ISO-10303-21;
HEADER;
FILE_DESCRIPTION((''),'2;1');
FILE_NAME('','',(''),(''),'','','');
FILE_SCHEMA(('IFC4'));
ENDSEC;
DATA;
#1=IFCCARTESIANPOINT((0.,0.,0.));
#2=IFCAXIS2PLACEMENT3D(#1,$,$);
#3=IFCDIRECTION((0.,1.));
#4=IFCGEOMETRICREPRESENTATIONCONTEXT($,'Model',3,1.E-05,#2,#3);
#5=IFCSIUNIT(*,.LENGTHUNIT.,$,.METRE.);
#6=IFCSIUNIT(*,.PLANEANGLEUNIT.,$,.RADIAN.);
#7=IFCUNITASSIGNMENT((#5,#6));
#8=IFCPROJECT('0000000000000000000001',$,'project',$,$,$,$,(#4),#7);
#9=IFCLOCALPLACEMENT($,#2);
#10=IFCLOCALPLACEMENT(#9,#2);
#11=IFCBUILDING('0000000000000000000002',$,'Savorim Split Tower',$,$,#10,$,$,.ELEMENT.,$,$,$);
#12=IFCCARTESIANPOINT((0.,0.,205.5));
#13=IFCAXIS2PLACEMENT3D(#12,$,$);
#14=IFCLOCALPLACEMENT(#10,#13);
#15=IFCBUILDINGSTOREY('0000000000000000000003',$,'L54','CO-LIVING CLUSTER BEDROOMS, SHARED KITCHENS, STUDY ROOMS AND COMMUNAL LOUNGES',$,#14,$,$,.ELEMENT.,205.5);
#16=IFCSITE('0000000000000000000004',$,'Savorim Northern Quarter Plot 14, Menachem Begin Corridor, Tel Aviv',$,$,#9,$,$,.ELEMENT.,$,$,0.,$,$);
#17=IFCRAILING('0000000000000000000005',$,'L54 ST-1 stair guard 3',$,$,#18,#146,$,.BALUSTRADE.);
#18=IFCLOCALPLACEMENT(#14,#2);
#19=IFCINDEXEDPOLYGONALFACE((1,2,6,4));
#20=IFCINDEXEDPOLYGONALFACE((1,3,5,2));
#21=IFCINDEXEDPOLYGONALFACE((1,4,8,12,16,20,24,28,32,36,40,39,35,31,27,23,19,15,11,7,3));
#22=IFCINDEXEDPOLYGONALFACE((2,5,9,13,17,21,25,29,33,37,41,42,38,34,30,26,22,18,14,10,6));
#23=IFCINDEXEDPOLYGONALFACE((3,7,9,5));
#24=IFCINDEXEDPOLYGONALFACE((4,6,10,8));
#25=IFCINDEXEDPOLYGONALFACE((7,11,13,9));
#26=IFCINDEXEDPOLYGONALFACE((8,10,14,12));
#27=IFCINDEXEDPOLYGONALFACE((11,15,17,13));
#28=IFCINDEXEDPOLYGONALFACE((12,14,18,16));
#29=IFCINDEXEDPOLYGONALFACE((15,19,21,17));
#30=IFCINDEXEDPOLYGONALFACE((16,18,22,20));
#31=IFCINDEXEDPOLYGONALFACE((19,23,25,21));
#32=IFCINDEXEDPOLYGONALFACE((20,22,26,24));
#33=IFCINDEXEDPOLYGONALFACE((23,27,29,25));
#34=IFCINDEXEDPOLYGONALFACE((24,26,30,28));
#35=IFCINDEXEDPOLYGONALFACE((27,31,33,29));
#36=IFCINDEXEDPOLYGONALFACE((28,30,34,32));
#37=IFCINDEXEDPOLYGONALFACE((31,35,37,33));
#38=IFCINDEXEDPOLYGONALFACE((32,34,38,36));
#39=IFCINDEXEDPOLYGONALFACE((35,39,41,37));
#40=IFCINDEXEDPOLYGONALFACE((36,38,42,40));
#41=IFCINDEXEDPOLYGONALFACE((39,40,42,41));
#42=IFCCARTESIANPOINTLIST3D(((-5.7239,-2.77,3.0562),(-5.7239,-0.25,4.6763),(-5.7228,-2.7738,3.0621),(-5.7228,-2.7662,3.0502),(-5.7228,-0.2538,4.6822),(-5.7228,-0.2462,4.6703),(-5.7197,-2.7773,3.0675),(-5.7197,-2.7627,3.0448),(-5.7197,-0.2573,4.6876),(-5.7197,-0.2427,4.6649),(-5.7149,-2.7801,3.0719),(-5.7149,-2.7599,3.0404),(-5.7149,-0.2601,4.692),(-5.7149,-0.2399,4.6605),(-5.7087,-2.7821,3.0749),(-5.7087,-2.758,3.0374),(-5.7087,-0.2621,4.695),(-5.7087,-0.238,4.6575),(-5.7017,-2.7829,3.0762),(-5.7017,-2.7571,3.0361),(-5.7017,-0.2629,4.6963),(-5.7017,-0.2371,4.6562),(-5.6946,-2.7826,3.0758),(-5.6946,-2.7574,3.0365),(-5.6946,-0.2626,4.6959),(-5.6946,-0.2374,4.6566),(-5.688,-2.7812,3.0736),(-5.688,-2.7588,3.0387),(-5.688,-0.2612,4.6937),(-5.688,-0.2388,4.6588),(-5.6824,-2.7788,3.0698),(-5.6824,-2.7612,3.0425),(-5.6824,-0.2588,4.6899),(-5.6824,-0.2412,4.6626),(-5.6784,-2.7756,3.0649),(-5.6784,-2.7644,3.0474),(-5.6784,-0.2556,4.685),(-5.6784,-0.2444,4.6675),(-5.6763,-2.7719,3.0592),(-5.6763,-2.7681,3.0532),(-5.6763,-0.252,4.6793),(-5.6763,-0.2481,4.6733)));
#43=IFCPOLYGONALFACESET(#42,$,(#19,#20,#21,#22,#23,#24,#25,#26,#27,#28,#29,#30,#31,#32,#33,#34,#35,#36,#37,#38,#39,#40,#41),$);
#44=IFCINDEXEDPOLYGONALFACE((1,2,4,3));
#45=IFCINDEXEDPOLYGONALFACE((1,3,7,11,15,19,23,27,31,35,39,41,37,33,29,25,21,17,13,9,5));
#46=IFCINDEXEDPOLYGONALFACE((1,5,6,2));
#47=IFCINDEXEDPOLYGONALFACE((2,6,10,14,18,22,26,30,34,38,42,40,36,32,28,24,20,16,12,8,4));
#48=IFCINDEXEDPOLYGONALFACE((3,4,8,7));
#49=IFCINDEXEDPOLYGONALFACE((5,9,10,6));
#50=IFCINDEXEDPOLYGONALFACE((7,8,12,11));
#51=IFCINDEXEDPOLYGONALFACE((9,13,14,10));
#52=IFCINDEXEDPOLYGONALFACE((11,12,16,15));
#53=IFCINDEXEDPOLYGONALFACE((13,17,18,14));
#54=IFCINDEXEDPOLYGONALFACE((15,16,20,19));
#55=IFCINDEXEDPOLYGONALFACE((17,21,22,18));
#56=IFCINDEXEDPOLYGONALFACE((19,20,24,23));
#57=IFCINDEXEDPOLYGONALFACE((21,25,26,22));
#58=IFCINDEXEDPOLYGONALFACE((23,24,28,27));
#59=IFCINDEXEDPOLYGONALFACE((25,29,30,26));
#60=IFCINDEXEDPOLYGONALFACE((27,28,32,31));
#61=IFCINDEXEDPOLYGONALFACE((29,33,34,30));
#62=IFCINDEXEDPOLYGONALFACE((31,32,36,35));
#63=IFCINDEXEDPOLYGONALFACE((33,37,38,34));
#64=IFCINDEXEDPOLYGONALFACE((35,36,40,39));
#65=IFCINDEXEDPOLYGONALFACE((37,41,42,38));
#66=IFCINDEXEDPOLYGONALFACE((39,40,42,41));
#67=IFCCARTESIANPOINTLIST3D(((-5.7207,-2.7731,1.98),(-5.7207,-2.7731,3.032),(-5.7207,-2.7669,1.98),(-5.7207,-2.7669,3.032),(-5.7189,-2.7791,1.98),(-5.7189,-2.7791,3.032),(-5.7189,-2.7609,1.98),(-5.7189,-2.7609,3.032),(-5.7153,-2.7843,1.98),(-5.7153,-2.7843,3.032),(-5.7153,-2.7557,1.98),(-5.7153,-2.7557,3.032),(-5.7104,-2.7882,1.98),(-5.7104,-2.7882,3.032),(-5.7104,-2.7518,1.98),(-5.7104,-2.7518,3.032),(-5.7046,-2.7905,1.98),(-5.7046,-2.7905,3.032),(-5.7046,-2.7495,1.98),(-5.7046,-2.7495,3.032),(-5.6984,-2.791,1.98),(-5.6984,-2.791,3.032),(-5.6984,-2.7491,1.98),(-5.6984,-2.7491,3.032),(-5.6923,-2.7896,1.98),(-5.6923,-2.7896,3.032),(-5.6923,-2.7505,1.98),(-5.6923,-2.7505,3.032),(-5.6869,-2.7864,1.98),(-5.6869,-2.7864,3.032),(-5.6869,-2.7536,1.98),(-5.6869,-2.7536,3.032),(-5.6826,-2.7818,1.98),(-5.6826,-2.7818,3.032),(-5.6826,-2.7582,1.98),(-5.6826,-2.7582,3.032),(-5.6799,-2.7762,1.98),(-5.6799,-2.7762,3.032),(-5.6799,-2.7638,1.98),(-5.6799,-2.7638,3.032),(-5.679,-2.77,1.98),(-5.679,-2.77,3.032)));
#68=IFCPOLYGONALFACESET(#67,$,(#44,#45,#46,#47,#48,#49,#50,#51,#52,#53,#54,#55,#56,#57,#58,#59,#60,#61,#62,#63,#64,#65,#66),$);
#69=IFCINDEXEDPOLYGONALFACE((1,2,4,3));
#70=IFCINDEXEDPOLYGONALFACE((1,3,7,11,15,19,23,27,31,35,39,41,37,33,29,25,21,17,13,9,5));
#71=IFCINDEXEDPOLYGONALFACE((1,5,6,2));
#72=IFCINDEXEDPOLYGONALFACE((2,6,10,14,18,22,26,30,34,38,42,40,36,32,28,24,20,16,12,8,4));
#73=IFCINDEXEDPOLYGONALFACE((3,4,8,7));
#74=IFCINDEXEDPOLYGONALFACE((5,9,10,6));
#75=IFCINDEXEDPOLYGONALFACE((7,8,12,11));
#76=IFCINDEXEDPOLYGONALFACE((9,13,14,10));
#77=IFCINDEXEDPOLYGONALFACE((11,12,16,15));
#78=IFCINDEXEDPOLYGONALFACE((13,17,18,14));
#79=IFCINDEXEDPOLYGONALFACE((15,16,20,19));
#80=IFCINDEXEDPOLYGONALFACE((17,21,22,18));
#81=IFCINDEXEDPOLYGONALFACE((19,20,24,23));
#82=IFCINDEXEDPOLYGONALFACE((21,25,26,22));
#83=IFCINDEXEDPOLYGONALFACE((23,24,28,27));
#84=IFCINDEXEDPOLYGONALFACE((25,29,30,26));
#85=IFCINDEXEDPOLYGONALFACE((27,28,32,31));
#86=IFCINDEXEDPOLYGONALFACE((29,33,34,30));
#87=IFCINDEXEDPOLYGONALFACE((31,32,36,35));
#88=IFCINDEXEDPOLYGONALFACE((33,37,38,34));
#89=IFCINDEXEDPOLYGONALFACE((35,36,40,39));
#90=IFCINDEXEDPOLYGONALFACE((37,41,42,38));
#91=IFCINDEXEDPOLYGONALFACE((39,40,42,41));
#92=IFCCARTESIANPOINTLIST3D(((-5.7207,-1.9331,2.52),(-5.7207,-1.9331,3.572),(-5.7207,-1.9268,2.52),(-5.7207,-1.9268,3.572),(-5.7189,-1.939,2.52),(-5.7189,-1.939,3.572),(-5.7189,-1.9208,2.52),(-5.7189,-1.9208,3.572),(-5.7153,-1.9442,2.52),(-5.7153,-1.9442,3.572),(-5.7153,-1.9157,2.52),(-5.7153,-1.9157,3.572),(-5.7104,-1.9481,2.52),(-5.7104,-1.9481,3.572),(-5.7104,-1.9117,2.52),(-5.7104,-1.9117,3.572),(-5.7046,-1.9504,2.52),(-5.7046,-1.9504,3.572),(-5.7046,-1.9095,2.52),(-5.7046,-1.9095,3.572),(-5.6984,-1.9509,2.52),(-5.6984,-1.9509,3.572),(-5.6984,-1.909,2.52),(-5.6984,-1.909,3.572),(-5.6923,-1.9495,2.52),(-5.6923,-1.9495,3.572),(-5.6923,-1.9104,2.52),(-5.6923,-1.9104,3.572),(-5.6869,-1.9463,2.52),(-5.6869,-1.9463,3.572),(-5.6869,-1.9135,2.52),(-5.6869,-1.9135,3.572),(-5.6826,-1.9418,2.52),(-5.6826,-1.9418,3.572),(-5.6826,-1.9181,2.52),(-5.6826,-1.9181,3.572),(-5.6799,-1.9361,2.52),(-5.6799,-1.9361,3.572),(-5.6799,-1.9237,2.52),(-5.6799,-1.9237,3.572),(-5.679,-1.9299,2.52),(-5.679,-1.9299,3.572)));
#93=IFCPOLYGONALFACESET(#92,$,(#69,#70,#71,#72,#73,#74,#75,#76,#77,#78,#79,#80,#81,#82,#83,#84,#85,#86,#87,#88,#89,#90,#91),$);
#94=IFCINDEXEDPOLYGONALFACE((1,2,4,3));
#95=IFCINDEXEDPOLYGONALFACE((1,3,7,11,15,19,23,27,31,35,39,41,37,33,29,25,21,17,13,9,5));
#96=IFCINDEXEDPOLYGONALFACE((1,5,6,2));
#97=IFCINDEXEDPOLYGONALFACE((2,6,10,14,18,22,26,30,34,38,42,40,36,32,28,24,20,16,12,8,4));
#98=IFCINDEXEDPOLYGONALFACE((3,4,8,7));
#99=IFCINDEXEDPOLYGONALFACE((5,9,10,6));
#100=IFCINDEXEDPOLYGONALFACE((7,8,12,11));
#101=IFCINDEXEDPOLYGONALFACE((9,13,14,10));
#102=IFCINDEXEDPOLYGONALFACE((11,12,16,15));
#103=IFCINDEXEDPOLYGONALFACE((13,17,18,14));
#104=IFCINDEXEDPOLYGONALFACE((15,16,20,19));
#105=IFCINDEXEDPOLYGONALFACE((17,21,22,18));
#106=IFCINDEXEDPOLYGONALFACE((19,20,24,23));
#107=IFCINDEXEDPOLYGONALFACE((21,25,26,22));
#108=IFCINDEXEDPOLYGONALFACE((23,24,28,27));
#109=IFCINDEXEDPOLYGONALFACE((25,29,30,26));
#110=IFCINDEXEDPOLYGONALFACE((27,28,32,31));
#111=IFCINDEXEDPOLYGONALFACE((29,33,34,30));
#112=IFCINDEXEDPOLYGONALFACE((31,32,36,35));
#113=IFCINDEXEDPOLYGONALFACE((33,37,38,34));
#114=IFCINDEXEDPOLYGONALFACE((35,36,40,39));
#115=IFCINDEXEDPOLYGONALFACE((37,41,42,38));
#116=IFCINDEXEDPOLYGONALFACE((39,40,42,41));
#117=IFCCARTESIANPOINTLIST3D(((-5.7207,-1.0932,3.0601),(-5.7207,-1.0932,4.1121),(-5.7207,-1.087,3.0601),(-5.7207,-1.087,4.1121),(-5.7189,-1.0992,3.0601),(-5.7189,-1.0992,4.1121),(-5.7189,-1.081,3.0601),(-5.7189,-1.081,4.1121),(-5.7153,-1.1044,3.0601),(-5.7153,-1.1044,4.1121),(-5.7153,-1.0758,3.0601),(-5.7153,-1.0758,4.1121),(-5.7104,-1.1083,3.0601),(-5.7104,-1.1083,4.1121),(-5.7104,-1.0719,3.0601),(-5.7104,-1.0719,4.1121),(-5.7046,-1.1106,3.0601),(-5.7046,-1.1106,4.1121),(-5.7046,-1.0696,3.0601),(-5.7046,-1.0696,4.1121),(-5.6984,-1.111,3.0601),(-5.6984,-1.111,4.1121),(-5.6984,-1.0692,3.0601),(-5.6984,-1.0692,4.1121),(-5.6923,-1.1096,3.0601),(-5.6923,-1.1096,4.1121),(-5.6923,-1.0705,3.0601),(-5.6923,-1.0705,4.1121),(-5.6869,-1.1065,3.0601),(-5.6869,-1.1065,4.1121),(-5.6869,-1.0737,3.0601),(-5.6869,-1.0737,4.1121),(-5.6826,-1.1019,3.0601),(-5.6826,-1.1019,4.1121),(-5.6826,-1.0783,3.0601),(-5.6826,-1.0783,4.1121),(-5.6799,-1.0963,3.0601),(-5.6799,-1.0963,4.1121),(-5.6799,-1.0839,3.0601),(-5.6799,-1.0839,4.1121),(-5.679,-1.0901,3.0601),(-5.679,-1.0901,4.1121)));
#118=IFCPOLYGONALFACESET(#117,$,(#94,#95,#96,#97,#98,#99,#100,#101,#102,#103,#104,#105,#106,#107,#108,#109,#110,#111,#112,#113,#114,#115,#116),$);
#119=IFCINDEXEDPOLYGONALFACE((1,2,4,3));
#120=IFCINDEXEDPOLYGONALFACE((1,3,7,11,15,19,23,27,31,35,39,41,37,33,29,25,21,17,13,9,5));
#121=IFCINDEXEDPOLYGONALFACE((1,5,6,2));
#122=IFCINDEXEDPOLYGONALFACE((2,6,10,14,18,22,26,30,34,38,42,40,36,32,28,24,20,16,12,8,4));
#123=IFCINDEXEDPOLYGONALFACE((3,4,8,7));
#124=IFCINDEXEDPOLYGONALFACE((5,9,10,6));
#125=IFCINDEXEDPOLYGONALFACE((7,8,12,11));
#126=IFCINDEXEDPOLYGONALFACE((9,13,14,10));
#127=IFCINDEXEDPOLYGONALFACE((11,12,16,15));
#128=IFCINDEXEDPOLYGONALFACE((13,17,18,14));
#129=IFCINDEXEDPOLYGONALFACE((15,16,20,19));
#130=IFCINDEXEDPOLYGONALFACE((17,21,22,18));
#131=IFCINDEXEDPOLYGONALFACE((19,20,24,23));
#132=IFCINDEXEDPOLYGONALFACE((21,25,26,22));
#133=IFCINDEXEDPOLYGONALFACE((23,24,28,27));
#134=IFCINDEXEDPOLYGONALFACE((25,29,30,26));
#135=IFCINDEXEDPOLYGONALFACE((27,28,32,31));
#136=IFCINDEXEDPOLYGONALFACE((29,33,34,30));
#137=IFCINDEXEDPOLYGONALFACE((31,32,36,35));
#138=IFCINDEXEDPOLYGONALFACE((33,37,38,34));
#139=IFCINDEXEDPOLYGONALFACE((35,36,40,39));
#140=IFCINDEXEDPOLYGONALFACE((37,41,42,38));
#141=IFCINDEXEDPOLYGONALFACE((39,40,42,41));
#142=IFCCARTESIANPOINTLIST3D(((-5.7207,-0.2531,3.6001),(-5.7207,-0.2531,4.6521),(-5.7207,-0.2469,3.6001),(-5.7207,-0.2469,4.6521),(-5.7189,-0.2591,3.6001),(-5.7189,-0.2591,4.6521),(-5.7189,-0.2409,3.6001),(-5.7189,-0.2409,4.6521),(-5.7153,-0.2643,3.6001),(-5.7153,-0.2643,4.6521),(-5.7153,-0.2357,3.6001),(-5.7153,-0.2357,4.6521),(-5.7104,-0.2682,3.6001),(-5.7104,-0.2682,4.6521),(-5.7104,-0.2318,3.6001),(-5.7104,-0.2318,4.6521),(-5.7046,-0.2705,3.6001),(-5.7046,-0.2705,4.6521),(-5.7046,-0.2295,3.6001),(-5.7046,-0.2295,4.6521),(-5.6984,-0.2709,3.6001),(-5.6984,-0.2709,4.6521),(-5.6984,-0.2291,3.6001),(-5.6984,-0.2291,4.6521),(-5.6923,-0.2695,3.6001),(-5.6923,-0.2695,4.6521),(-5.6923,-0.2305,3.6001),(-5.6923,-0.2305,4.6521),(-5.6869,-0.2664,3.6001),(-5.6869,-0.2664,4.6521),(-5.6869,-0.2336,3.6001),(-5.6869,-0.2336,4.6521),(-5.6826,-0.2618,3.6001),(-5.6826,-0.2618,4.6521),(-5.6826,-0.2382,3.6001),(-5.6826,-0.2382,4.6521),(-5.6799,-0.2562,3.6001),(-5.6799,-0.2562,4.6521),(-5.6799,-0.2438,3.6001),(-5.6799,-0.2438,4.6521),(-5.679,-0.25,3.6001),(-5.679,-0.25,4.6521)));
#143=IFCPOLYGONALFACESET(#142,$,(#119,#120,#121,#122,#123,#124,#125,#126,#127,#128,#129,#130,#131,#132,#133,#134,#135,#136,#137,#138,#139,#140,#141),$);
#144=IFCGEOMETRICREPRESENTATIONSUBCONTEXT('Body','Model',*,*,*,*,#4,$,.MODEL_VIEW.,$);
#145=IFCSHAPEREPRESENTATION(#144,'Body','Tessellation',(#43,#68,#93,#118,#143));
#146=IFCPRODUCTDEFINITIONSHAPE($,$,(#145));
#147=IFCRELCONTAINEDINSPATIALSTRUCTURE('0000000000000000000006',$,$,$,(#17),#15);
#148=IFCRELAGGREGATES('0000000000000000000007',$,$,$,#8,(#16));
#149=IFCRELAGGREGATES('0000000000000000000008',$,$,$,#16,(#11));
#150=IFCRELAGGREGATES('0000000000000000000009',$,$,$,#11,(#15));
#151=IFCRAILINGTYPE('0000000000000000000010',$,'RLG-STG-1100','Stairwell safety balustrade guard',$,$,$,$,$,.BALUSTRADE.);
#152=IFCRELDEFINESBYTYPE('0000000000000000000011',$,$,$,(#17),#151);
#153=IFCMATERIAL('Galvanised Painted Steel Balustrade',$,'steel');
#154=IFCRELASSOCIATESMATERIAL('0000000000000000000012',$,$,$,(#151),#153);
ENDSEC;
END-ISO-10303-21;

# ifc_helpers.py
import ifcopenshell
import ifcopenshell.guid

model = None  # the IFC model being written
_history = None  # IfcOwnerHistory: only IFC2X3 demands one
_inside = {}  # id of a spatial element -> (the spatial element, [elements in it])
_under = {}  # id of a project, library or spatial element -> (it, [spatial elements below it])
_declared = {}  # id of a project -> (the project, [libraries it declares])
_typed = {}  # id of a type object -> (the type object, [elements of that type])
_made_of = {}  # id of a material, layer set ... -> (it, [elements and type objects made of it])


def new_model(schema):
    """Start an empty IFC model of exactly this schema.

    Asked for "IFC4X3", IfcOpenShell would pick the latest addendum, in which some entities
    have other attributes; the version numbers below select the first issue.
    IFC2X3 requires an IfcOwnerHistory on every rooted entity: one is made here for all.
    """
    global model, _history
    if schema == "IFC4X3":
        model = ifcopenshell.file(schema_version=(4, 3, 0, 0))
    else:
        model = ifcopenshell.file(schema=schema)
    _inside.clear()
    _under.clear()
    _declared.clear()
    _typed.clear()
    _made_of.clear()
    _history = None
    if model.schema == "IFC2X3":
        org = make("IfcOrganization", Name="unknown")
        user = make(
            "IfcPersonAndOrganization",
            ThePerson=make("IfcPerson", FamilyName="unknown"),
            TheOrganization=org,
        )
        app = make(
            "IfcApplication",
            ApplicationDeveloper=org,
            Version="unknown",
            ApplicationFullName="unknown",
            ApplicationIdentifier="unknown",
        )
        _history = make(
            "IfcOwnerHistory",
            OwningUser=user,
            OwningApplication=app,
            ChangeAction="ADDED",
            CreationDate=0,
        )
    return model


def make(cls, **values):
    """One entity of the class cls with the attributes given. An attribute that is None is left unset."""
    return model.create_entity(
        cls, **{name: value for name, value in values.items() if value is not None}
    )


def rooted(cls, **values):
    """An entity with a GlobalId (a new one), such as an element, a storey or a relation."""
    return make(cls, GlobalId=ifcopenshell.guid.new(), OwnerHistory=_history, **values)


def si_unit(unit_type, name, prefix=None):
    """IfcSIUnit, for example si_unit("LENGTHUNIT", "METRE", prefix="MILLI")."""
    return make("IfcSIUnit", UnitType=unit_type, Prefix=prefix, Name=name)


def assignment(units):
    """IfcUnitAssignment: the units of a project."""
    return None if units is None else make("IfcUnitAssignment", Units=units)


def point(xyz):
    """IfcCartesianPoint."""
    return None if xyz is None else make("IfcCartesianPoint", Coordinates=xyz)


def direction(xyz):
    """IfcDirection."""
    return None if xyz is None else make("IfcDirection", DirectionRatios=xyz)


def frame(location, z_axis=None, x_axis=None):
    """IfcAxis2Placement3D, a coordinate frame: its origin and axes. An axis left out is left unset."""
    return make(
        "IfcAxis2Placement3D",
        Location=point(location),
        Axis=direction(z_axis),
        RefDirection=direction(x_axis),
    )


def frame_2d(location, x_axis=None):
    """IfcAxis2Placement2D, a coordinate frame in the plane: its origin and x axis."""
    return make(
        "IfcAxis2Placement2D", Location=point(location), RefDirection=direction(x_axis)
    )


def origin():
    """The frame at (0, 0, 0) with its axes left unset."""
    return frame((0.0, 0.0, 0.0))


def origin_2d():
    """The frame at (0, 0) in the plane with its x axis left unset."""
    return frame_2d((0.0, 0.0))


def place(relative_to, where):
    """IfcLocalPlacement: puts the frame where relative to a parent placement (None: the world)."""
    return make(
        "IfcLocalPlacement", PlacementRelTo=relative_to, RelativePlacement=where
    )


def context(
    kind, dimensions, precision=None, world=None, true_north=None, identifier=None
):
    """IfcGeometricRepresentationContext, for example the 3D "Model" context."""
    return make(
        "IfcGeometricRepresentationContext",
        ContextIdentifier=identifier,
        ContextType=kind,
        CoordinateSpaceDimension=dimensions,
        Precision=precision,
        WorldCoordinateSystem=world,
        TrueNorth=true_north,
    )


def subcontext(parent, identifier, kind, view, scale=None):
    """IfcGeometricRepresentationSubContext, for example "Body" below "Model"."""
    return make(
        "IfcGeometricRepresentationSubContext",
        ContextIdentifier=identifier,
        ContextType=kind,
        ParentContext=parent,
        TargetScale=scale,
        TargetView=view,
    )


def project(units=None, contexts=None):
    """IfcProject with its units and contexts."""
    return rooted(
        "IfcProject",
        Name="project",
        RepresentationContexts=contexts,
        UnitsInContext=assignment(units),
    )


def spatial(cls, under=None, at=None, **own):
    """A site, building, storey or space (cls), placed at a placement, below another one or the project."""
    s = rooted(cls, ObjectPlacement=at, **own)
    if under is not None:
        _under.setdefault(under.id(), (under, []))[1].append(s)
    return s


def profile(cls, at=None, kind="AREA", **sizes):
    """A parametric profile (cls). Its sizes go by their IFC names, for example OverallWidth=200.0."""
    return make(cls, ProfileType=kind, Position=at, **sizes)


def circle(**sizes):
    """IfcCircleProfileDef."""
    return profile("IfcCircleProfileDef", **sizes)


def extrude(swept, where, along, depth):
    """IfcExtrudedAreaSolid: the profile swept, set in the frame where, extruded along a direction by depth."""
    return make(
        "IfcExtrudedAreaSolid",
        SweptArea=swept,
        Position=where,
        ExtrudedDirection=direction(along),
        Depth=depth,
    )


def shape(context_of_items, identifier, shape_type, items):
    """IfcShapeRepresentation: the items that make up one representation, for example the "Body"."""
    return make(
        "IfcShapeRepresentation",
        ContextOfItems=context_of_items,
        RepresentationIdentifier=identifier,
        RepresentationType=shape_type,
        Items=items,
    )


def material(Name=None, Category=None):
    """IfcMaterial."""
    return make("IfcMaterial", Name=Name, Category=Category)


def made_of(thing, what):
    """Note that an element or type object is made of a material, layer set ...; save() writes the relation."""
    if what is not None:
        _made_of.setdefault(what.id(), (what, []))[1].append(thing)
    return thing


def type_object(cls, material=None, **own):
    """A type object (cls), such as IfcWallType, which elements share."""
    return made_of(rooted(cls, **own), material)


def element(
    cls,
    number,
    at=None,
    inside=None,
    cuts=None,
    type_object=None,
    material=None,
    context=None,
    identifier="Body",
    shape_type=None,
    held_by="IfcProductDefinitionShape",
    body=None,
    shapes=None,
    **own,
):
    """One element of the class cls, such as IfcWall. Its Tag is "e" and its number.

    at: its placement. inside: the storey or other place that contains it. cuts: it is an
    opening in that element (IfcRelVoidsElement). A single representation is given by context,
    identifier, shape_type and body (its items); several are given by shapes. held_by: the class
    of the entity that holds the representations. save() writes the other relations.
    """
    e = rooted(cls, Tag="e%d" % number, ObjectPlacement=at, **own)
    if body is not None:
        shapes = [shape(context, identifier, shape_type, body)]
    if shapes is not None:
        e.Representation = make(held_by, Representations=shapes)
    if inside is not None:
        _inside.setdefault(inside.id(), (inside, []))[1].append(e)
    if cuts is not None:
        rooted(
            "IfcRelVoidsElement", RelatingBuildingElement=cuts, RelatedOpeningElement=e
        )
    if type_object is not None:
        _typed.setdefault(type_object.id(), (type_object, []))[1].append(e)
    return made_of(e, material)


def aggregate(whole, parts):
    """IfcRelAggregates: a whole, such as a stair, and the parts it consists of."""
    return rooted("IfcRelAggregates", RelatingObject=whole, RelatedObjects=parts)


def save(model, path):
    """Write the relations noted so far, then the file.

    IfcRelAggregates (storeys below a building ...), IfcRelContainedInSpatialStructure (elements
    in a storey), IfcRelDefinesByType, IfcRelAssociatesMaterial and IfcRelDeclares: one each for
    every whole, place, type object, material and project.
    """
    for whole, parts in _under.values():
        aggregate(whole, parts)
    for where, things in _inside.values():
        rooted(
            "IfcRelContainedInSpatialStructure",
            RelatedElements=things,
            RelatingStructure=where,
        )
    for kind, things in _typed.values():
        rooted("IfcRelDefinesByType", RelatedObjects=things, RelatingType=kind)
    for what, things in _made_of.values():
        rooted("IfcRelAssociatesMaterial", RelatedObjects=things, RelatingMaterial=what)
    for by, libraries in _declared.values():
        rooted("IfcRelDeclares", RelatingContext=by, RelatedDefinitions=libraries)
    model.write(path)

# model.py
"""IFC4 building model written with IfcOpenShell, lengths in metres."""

from ifc_helpers import new_model, si_unit, direction, frame, origin, origin_2d, place, context, subcontext, project, spatial, circle, extrude, material, type_object, element, save


model = new_model("IFC4")

# Units and contexts
model_context = context("Model", 3, precision=1e-05, world=origin(), true_north=direction((0.0, 1.0)))
body_context = subcontext(model_context, "Body", "Model", "MODEL_VIEW")
ifc_project = project(units=[si_unit("LENGTHUNIT", "METRE"), si_unit("PLANEANGLEUNIT", "RADIAN")], contexts=[model_context])

# Site, building, storey
site_placement = place(None, origin())
site = spatial("IfcSite", under=ifc_project, at=site_placement, Name="Savorim Northern Quarter Plot 14, Menachem Begin Corridor, Tel Aviv", CompositionType="ELEMENT", RefElevation=0.0)
building_placement = place(site_placement, origin())
building = spatial("IfcBuilding", under=site, at=building_placement, Name="Savorim Split Tower", CompositionType="ELEMENT")
storey_placement = place(building_placement, frame((0.0, 0.0, 205.5)))
storey = spatial("IfcBuildingStorey", under=building, at=storey_placement, Name="L54", Description="CO-LIVING CLUSTER BEDROOMS, SHARED KITCHENS, STUDY ROOMS AND COMMUNAL LOUNGES", CompositionType="ELEMENT", Elevation=205.5)

# Railing
ifc_material_1 = material(Name="Galvanised Painted Steel Balustrade", Category="steel")
railing_type_1 = type_object("IfcRailingType", Name="RLG-STG-1100", Description="Stairwell safety balustrade guard", PredefinedType="BALUSTRADE", material=ifc_material_1)
railing_1_placement = place(storey_placement, frame((-5.7, -2.77, 1.98)))
element("IfcRailing", 1, at=railing_1_placement, inside=storey, type_object=railing_type_1, Name="L54 ST-1 stair guard 3", PredefinedType="BALUSTRADE", context=body_context, shape_type="SweptSolid", body=[
    extrude(circle(Radius=0.0239, at=origin_2d()), frame((0.0, 0.0, 1.0762), z_axis=(0.0, 0.841163, 0.540782), x_axis=(-1.0, 0.0, 0.0)), (0.0, 0.0, 1.0), 2.9958),
    extrude(circle(Radius=0.021, at=origin_2d()), origin(), (0.0, 0.0, 1.0), 1.052),
    extrude(circle(Radius=0.021, at=origin_2d()), frame((0.0, 0.8401, 0.54)), (0.0, 0.0, 1.0), 1.052),
    extrude(circle(Radius=0.021, at=origin_2d()), frame((0.0, 1.6799, 1.0801)), (0.0, 0.0, 1.0), 1.052),
    extrude(circle(Radius=0.021, at=origin_2d()), frame((0.0, 2.52, 1.6201)), (0.0, 0.0, 1.0), 1.052),
])

save(model, "model.ifc")
